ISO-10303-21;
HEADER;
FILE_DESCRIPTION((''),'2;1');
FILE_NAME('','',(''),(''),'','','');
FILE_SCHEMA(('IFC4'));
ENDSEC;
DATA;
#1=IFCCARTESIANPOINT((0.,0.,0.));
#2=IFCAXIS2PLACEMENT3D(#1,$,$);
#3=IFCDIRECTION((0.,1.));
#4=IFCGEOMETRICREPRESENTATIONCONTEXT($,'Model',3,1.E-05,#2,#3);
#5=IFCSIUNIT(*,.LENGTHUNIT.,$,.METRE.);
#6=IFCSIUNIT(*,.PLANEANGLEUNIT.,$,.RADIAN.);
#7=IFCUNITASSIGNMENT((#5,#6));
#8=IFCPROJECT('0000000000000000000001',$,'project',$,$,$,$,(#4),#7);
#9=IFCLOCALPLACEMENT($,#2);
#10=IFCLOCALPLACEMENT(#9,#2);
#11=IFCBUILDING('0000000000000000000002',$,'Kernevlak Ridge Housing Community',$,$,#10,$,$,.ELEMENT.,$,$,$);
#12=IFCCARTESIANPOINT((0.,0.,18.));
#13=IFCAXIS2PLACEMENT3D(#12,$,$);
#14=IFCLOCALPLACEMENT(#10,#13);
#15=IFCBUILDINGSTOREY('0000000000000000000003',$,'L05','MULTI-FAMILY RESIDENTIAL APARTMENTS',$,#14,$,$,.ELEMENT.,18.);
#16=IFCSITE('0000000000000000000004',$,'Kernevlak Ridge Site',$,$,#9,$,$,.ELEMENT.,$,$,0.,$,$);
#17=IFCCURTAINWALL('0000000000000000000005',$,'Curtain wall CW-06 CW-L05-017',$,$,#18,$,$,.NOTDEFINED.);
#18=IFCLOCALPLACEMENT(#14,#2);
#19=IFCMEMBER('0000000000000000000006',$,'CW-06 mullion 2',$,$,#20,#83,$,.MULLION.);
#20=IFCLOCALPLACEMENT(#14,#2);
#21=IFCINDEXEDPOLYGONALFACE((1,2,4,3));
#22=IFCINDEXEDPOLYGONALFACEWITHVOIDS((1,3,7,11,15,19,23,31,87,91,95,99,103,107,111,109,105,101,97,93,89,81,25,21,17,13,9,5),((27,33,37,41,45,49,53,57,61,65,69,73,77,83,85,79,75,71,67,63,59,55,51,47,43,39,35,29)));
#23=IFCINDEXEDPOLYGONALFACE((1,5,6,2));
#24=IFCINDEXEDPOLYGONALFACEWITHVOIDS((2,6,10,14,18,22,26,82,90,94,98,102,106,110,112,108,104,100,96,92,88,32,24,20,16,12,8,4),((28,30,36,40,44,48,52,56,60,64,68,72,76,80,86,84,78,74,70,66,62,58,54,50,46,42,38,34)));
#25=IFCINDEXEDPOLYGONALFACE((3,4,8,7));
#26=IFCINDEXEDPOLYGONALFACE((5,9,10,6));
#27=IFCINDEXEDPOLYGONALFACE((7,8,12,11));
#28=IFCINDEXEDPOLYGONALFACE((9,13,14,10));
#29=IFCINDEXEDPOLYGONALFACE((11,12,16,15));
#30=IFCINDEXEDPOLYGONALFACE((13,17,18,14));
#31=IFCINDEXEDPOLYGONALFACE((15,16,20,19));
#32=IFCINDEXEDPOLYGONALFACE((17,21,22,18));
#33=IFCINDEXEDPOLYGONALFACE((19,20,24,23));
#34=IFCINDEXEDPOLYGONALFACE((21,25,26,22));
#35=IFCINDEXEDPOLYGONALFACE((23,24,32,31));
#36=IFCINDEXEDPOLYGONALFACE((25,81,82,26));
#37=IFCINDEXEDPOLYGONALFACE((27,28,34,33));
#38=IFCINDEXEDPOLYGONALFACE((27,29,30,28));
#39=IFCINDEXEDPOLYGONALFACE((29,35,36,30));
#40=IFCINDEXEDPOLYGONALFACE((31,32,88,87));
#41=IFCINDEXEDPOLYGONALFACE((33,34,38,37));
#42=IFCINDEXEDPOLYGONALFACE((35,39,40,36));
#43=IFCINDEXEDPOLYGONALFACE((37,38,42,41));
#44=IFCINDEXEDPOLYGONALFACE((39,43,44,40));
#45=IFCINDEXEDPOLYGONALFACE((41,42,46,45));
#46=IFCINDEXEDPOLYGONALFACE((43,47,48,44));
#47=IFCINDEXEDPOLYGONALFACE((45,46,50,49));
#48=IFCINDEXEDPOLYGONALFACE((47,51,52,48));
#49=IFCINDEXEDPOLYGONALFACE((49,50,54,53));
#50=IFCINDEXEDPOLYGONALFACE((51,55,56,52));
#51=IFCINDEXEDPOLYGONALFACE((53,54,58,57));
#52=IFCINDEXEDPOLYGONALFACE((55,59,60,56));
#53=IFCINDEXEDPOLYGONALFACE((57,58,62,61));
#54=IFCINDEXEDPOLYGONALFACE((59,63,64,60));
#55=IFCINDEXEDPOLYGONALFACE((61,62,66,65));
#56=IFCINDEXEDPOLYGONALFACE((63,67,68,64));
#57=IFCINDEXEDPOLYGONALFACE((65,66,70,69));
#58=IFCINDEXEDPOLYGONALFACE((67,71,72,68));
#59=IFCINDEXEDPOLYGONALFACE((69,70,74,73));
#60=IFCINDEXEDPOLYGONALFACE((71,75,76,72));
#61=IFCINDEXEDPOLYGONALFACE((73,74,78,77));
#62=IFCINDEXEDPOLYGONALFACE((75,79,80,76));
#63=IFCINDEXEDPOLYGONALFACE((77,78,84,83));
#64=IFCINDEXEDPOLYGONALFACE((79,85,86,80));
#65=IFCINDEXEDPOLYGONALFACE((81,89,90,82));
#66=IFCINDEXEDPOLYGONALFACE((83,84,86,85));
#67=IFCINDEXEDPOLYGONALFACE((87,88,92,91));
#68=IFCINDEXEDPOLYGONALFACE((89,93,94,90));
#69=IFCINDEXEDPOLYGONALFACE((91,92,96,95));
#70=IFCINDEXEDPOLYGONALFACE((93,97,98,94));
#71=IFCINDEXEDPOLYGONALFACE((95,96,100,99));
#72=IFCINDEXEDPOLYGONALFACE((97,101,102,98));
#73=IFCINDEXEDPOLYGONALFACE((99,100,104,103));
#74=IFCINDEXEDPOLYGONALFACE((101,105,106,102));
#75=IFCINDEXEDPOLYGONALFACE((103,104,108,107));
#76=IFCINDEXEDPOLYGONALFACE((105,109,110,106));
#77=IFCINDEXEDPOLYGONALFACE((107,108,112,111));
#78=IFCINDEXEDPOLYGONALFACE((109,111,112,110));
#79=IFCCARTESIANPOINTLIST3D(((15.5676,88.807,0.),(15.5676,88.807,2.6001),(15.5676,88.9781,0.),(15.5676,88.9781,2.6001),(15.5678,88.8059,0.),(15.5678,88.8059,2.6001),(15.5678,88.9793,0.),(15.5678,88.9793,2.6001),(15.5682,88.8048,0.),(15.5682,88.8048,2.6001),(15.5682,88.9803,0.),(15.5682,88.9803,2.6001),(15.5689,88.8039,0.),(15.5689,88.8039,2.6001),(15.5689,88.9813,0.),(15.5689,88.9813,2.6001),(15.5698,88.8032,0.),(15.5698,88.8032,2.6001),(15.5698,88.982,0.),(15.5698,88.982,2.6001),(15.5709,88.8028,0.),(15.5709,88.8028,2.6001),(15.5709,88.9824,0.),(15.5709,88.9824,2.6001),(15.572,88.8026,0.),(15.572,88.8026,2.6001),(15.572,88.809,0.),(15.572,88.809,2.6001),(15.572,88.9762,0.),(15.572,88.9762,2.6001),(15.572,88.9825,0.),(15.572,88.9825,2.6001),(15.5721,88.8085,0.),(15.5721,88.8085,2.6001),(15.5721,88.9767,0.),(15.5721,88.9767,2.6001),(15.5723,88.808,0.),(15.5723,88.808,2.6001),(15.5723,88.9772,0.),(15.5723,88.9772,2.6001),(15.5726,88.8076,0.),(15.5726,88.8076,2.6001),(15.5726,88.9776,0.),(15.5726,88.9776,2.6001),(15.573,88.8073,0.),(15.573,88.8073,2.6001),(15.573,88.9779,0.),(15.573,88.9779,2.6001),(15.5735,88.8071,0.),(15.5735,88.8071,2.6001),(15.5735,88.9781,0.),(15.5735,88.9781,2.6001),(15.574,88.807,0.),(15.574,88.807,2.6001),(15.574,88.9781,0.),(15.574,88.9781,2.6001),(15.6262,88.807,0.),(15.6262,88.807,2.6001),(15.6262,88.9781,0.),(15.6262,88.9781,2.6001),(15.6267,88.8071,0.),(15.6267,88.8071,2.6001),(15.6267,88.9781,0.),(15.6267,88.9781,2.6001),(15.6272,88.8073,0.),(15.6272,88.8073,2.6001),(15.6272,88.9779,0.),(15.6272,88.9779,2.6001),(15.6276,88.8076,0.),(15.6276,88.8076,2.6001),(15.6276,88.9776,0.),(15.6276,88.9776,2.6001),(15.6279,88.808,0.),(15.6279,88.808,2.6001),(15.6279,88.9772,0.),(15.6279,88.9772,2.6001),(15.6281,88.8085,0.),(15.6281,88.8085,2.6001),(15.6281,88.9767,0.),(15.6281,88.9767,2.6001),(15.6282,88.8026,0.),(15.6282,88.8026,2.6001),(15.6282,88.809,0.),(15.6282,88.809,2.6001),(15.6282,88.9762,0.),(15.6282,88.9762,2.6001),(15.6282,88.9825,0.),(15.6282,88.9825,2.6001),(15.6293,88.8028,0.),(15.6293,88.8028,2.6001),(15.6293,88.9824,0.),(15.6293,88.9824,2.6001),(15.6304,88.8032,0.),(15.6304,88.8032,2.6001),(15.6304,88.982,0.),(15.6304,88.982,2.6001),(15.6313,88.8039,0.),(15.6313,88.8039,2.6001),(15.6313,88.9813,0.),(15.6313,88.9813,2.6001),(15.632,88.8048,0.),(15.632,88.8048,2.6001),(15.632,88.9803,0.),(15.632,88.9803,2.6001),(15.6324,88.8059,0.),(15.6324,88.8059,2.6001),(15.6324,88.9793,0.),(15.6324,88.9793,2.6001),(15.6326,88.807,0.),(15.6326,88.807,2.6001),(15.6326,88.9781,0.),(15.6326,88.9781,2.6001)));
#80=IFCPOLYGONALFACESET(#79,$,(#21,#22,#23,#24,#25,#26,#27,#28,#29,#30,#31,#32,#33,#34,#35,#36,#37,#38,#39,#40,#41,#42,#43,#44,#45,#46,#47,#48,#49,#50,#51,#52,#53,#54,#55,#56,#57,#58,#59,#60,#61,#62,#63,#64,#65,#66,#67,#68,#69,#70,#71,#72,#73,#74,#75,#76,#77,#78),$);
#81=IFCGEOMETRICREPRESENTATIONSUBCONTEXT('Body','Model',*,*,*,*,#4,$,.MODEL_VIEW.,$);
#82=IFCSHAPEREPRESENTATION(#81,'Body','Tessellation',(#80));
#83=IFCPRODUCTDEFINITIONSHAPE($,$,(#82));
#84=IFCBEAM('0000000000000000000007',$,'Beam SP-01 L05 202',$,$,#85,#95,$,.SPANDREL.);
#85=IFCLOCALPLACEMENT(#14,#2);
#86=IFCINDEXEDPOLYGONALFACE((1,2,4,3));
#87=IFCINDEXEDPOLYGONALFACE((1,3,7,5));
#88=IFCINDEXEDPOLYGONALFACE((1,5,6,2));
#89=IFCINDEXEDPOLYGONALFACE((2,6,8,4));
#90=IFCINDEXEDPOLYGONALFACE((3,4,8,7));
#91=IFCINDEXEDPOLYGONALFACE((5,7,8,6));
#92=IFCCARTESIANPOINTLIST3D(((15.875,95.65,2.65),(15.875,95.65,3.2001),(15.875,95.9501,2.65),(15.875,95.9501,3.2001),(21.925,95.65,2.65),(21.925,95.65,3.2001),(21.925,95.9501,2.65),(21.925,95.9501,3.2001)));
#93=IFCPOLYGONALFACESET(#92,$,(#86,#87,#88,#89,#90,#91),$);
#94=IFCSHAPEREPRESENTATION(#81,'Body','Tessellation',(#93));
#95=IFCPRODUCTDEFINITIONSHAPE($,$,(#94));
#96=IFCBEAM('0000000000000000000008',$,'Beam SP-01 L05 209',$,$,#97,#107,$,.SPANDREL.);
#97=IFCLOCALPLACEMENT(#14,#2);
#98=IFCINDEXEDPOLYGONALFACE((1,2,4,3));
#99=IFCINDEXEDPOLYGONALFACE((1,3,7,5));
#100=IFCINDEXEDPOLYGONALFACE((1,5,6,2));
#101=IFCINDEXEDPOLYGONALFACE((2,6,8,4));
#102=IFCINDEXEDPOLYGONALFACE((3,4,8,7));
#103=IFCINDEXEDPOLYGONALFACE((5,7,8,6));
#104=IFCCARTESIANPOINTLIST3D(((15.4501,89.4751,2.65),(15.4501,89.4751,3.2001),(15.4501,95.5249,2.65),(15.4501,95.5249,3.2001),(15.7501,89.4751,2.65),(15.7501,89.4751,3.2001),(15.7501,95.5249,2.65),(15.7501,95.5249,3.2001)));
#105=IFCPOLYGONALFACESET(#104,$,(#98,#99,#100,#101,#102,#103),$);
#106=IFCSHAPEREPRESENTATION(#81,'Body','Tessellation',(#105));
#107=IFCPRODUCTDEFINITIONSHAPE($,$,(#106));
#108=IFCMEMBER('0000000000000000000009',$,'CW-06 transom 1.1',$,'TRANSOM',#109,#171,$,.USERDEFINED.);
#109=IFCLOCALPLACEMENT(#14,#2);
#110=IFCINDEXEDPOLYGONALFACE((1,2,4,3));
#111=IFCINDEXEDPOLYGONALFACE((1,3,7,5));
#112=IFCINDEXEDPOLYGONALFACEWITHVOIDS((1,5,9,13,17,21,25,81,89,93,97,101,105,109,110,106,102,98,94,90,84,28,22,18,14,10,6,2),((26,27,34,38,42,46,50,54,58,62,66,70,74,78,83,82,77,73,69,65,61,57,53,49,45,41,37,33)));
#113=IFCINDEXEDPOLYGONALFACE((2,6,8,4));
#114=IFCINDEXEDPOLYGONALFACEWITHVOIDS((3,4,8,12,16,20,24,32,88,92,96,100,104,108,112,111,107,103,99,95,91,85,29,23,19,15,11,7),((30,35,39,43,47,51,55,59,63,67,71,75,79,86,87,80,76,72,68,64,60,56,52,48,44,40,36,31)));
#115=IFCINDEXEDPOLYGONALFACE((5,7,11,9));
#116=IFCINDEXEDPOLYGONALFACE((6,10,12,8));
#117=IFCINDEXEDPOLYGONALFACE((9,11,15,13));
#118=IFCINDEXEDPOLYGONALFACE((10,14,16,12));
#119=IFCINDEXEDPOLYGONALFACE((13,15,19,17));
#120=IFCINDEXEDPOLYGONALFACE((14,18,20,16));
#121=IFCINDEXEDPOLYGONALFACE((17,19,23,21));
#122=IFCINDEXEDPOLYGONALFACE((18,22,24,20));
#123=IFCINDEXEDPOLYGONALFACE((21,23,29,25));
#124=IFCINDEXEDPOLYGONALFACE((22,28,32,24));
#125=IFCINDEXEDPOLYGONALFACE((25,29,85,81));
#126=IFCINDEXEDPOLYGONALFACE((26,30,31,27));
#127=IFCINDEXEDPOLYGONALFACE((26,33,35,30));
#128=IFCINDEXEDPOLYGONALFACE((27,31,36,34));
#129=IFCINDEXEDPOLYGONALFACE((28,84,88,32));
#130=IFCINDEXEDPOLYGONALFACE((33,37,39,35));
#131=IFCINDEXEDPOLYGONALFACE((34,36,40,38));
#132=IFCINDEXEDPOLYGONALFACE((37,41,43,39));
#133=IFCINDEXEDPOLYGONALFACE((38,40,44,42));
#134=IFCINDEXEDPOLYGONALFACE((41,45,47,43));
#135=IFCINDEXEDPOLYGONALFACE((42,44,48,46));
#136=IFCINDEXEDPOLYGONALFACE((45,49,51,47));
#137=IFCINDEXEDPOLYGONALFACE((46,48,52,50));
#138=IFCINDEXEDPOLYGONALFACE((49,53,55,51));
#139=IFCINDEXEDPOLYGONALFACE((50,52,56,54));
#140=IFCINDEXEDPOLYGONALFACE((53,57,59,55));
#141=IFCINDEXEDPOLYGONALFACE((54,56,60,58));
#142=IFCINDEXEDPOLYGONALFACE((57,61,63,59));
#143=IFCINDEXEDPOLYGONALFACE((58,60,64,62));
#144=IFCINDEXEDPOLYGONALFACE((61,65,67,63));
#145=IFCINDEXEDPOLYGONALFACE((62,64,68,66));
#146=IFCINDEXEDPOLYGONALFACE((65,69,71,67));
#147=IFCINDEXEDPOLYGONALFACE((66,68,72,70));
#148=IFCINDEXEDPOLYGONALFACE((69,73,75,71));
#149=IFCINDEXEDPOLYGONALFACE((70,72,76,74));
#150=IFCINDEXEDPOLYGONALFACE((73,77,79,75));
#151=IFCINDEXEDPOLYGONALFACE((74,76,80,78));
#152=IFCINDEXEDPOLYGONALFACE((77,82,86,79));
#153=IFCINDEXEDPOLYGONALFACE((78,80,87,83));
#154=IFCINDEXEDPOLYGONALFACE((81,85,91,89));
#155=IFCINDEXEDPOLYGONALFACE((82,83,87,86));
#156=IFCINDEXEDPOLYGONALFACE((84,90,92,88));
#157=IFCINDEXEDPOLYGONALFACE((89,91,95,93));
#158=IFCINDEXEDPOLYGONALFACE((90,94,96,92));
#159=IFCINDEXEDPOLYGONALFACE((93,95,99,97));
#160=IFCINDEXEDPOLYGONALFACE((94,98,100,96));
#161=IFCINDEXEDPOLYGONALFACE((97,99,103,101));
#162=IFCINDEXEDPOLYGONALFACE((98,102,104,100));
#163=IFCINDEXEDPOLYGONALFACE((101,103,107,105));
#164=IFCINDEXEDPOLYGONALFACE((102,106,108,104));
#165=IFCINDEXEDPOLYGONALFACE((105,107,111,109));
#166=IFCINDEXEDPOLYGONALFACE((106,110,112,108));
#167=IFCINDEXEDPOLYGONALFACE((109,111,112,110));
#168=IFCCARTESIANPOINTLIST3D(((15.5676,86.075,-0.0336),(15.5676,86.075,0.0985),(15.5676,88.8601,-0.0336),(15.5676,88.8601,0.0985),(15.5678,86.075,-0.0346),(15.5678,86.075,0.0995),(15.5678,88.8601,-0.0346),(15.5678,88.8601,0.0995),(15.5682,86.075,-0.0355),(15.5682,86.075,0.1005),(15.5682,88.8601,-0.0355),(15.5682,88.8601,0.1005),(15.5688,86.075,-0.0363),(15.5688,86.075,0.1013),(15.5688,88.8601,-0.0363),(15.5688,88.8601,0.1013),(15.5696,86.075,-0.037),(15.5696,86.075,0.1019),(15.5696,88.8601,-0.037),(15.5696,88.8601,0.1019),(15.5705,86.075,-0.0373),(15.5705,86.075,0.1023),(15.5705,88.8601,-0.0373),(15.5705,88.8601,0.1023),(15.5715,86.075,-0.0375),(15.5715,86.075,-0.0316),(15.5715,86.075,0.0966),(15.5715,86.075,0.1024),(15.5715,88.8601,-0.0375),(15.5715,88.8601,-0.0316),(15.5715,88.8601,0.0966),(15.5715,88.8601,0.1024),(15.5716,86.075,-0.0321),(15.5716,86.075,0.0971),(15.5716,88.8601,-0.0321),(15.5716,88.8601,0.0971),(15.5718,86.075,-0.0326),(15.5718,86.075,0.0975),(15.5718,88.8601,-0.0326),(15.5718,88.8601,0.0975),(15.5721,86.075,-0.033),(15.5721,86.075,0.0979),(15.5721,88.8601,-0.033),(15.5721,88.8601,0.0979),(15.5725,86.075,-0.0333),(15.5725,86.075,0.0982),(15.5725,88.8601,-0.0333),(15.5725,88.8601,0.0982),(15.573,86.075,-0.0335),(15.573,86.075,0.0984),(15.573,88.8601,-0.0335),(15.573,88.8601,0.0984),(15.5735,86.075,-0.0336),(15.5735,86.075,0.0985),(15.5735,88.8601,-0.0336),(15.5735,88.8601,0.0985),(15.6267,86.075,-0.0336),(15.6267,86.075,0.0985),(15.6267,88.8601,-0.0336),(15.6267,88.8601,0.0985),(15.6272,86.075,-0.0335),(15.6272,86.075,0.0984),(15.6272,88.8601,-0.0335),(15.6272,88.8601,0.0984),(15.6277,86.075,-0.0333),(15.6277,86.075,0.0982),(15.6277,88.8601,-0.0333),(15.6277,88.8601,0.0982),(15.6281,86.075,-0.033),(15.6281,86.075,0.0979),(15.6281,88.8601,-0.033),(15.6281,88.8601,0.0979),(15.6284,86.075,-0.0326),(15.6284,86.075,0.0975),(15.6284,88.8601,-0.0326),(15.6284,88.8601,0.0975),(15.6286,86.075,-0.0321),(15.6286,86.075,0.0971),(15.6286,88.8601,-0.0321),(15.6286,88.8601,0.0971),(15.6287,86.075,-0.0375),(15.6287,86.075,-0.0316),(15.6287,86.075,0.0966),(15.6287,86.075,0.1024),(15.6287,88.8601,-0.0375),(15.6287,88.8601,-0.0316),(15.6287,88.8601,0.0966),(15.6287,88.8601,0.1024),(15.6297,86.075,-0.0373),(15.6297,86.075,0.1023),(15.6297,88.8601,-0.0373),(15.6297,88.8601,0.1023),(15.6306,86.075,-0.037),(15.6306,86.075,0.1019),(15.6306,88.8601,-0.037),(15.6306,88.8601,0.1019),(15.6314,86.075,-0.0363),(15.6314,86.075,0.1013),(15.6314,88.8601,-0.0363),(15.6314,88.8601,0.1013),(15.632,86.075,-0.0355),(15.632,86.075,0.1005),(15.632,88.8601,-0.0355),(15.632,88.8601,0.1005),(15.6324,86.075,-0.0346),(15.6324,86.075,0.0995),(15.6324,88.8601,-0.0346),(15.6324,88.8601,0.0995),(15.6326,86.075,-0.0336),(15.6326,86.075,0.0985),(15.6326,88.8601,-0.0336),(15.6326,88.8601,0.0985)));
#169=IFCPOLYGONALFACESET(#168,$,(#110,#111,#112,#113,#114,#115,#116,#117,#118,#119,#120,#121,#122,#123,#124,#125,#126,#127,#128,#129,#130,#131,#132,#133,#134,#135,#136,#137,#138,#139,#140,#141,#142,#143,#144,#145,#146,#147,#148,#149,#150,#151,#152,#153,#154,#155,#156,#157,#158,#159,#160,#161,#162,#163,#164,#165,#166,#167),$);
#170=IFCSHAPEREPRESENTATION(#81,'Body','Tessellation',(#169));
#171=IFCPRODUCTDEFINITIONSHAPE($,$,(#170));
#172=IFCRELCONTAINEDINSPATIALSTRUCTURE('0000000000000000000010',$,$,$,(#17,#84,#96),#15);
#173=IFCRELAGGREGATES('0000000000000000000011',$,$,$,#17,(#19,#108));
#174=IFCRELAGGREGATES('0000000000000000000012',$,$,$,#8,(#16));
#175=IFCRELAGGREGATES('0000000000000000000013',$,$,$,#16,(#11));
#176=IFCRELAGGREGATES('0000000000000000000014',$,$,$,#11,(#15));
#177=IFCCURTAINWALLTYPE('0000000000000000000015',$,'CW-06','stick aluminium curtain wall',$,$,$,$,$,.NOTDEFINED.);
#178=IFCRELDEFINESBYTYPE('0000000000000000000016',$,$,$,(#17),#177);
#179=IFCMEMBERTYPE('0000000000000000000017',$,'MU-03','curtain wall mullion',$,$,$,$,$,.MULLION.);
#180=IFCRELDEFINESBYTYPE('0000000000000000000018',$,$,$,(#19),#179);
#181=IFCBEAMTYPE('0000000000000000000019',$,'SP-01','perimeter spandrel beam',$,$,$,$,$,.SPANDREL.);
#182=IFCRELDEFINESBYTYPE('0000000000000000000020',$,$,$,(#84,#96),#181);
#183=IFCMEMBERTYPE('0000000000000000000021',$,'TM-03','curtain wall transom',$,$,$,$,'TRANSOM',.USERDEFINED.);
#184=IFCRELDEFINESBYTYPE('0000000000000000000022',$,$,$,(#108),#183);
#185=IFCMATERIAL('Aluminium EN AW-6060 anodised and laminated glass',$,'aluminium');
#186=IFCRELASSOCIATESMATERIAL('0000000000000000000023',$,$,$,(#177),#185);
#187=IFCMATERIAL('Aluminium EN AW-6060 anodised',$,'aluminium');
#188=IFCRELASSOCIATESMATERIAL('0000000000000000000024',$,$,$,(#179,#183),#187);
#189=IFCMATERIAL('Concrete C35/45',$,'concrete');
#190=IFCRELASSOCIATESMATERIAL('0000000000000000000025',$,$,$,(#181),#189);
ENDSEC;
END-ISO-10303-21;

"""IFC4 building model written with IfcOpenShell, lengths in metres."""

from ifc_helpers import new_model, si_unit, direction, frame, origin, origin_2d, place, context, subcontext, project, spatial, rectangle, hollow_rectangle, extrude, material, material_profile, profile_set, type_object, element, aggregate, save


model = new_model("IFC4")

# Units and contexts
model_context = context("Model", 3, precision=1e-05, world=origin(), true_north=direction((0.0, 1.0)))
body_context = subcontext(model_context, "Body", "Model", "MODEL_VIEW")
ifc_project = project(units=[si_unit("LENGTHUNIT", "METRE"), si_unit("PLANEANGLEUNIT", "RADIAN")], contexts=[model_context])

# Site, building, storey
site_placement = place(None, origin())
site = spatial("IfcSite", under=ifc_project, at=site_placement, Name="Kernevlak Ridge Site", CompositionType="ELEMENT", RefElevation=0.0)
building_placement = place(site_placement, origin())
building = spatial("IfcBuilding", under=site, at=building_placement, Name="Kernevlak Ridge Housing Community", CompositionType="ELEMENT")
storey_placement = place(building_placement, frame((0.0, 0.0, 18.0)))
storey = spatial("IfcBuildingStorey", under=building, at=storey_placement, Name="L05", Description="MULTI-FAMILY RESIDENTIAL APARTMENTS", CompositionType="ELEMENT", Elevation=18.0)

# Shared definitions
ifc_material_1 = material(Name="Concrete C35/45", Category="concrete")

# Shared definitions
ifc_material_2 = material(Name="Aluminium EN AW-6060 anodised and laminated glass", Category="aluminium")
ifc_material_3 = material(Name="Aluminium EN AW-6060 anodised", Category="aluminium")

# Curtain wall, member
curtain_wall_type_1 = type_object("IfcCurtainWallType", Name="CW-06", Description="stick aluminium curtain wall", PredefinedType="NOTDEFINED", material=ifc_material_2)
curtain_wall_1_placement = place(storey_placement, origin())
curtain_wall_1 = element("IfcCurtainWall", 1, at=curtain_wall_1_placement, inside=storey, type_object=curtain_wall_type_1, Name="Curtain wall CW-06 CW-L05-017", PredefinedType="NOTDEFINED")
ifc_material_profile_1 = material_profile(ifc_material_3, hollow_rectangle(XDim=0.0649, YDim=0.1799, WallThickness=0.0044, InnerFilletRadius=0.002, OuterFilletRadius=0.0044, at=origin_2d()), Name="ALU 65x180x4.5")
ifc_profile_set_1 = profile_set([ifc_material_profile_1], Name="Aluminium EN AW-6060 anodised")
member_type_1 = type_object("IfcMemberType", Name="MU-03", Description="curtain wall mullion", PredefinedType="MULLION", material=ifc_profile_set_1)
member_1_placement = place(storey_placement, frame((15.6001, 88.8926, 0.0), z_axis=(0.0, 0.0, 1.0), x_axis=(-1.0, 0.0, 0.0)))
member_1 = element("IfcMember", 2, at=member_1_placement, type_object=member_type_1, Name="CW-06 mullion 2", PredefinedType="MULLION", context=body_context, shape_type="SweptSolid", body=[
    extrude(hollow_rectangle(XDim=0.0649, YDim=0.1799, WallThickness=0.0044, InnerFilletRadius=0.002, OuterFilletRadius=0.0044, at=origin_2d()), origin(), (0.0, 0.0, 1.0), 2.6001),
])

# Beams
ifc_material_profile_2 = material_profile(ifc_material_1, rectangle(XDim=0.3, YDim=0.55, at=origin_2d()), Name="RC 300x550")
ifc_profile_set_2 = profile_set([ifc_material_profile_2], Name="Concrete C35/45")
beam_type_1 = type_object("IfcBeamType", Name="SP-01", Description="perimeter spandrel beam", PredefinedType="SPANDREL", material=ifc_profile_set_2)
beam_1_placement = place(storey_placement, frame((15.875, 95.8, 2.925), z_axis=(1.0, 0.0, 0.0), x_axis=(0.0, 1.0, 0.0)))
element("IfcBeam", 3, at=beam_1_placement, inside=storey, type_object=beam_type_1, Name="Beam SP-01 L05 202", PredefinedType="SPANDREL", context=body_context, shape_type="SweptSolid", body=[
    extrude(rectangle(XDim=0.3, YDim=0.55, at=origin_2d()), origin(), (0.0, 0.0, 1.0), 6.05),
])
beam_2_placement = place(storey_placement, frame((15.6001, 89.4751, 2.925), z_axis=(0.0, 1.0, 0.0), x_axis=(-1.0, 0.0, 0.0)))
element("IfcBeam", 4, at=beam_2_placement, inside=storey, type_object=beam_type_1, Name="Beam SP-01 L05 209", PredefinedType="SPANDREL", context=body_context, shape_type="SweptSolid", body=[
    extrude(rectangle(XDim=0.3, YDim=0.55, at=origin_2d()), origin(), (0.0, 0.0, 1.0), 6.0498),
])

# Member
ifc_material_profile_3 = material_profile(ifc_material_3, hollow_rectangle(XDim=0.0649, YDim=0.1399, WallThickness=0.0039, InnerFilletRadius=0.002, OuterFilletRadius=0.0039, at=origin_2d()), Name="ALU 65x140x4")
ifc_profile_set_3 = profile_set([ifc_material_profile_3], Name="Aluminium EN AW-6060 anodised")
member_type_2 = type_object("IfcMemberType", Name="TM-03", Description="curtain wall transom", ElementType="TRANSOM", PredefinedType="USERDEFINED", material=ifc_profile_set_3)
member_2_placement = place(storey_placement, frame((15.6001, 86.075, 0.0325), z_axis=(0.0, 1.0, 0.0), x_axis=(-1.0, 0.0, 0.0)))
member_2 = element("IfcMember", 5, at=member_2_placement, type_object=member_type_2, Name="CW-06 transom 1.1", ObjectType="TRANSOM", PredefinedType="USERDEFINED", context=body_context, shape_type="SweptSolid", body=[
    extrude(hollow_rectangle(XDim=0.0649, YDim=0.1399, WallThickness=0.0039, InnerFilletRadius=0.002, OuterFilletRadius=0.0039, at=origin_2d()), origin(), (0.0, 0.0, 1.0), 2.7852),
])

aggregate(curtain_wall_1, [member_1, member_2])

save(model, "model.ifc")
